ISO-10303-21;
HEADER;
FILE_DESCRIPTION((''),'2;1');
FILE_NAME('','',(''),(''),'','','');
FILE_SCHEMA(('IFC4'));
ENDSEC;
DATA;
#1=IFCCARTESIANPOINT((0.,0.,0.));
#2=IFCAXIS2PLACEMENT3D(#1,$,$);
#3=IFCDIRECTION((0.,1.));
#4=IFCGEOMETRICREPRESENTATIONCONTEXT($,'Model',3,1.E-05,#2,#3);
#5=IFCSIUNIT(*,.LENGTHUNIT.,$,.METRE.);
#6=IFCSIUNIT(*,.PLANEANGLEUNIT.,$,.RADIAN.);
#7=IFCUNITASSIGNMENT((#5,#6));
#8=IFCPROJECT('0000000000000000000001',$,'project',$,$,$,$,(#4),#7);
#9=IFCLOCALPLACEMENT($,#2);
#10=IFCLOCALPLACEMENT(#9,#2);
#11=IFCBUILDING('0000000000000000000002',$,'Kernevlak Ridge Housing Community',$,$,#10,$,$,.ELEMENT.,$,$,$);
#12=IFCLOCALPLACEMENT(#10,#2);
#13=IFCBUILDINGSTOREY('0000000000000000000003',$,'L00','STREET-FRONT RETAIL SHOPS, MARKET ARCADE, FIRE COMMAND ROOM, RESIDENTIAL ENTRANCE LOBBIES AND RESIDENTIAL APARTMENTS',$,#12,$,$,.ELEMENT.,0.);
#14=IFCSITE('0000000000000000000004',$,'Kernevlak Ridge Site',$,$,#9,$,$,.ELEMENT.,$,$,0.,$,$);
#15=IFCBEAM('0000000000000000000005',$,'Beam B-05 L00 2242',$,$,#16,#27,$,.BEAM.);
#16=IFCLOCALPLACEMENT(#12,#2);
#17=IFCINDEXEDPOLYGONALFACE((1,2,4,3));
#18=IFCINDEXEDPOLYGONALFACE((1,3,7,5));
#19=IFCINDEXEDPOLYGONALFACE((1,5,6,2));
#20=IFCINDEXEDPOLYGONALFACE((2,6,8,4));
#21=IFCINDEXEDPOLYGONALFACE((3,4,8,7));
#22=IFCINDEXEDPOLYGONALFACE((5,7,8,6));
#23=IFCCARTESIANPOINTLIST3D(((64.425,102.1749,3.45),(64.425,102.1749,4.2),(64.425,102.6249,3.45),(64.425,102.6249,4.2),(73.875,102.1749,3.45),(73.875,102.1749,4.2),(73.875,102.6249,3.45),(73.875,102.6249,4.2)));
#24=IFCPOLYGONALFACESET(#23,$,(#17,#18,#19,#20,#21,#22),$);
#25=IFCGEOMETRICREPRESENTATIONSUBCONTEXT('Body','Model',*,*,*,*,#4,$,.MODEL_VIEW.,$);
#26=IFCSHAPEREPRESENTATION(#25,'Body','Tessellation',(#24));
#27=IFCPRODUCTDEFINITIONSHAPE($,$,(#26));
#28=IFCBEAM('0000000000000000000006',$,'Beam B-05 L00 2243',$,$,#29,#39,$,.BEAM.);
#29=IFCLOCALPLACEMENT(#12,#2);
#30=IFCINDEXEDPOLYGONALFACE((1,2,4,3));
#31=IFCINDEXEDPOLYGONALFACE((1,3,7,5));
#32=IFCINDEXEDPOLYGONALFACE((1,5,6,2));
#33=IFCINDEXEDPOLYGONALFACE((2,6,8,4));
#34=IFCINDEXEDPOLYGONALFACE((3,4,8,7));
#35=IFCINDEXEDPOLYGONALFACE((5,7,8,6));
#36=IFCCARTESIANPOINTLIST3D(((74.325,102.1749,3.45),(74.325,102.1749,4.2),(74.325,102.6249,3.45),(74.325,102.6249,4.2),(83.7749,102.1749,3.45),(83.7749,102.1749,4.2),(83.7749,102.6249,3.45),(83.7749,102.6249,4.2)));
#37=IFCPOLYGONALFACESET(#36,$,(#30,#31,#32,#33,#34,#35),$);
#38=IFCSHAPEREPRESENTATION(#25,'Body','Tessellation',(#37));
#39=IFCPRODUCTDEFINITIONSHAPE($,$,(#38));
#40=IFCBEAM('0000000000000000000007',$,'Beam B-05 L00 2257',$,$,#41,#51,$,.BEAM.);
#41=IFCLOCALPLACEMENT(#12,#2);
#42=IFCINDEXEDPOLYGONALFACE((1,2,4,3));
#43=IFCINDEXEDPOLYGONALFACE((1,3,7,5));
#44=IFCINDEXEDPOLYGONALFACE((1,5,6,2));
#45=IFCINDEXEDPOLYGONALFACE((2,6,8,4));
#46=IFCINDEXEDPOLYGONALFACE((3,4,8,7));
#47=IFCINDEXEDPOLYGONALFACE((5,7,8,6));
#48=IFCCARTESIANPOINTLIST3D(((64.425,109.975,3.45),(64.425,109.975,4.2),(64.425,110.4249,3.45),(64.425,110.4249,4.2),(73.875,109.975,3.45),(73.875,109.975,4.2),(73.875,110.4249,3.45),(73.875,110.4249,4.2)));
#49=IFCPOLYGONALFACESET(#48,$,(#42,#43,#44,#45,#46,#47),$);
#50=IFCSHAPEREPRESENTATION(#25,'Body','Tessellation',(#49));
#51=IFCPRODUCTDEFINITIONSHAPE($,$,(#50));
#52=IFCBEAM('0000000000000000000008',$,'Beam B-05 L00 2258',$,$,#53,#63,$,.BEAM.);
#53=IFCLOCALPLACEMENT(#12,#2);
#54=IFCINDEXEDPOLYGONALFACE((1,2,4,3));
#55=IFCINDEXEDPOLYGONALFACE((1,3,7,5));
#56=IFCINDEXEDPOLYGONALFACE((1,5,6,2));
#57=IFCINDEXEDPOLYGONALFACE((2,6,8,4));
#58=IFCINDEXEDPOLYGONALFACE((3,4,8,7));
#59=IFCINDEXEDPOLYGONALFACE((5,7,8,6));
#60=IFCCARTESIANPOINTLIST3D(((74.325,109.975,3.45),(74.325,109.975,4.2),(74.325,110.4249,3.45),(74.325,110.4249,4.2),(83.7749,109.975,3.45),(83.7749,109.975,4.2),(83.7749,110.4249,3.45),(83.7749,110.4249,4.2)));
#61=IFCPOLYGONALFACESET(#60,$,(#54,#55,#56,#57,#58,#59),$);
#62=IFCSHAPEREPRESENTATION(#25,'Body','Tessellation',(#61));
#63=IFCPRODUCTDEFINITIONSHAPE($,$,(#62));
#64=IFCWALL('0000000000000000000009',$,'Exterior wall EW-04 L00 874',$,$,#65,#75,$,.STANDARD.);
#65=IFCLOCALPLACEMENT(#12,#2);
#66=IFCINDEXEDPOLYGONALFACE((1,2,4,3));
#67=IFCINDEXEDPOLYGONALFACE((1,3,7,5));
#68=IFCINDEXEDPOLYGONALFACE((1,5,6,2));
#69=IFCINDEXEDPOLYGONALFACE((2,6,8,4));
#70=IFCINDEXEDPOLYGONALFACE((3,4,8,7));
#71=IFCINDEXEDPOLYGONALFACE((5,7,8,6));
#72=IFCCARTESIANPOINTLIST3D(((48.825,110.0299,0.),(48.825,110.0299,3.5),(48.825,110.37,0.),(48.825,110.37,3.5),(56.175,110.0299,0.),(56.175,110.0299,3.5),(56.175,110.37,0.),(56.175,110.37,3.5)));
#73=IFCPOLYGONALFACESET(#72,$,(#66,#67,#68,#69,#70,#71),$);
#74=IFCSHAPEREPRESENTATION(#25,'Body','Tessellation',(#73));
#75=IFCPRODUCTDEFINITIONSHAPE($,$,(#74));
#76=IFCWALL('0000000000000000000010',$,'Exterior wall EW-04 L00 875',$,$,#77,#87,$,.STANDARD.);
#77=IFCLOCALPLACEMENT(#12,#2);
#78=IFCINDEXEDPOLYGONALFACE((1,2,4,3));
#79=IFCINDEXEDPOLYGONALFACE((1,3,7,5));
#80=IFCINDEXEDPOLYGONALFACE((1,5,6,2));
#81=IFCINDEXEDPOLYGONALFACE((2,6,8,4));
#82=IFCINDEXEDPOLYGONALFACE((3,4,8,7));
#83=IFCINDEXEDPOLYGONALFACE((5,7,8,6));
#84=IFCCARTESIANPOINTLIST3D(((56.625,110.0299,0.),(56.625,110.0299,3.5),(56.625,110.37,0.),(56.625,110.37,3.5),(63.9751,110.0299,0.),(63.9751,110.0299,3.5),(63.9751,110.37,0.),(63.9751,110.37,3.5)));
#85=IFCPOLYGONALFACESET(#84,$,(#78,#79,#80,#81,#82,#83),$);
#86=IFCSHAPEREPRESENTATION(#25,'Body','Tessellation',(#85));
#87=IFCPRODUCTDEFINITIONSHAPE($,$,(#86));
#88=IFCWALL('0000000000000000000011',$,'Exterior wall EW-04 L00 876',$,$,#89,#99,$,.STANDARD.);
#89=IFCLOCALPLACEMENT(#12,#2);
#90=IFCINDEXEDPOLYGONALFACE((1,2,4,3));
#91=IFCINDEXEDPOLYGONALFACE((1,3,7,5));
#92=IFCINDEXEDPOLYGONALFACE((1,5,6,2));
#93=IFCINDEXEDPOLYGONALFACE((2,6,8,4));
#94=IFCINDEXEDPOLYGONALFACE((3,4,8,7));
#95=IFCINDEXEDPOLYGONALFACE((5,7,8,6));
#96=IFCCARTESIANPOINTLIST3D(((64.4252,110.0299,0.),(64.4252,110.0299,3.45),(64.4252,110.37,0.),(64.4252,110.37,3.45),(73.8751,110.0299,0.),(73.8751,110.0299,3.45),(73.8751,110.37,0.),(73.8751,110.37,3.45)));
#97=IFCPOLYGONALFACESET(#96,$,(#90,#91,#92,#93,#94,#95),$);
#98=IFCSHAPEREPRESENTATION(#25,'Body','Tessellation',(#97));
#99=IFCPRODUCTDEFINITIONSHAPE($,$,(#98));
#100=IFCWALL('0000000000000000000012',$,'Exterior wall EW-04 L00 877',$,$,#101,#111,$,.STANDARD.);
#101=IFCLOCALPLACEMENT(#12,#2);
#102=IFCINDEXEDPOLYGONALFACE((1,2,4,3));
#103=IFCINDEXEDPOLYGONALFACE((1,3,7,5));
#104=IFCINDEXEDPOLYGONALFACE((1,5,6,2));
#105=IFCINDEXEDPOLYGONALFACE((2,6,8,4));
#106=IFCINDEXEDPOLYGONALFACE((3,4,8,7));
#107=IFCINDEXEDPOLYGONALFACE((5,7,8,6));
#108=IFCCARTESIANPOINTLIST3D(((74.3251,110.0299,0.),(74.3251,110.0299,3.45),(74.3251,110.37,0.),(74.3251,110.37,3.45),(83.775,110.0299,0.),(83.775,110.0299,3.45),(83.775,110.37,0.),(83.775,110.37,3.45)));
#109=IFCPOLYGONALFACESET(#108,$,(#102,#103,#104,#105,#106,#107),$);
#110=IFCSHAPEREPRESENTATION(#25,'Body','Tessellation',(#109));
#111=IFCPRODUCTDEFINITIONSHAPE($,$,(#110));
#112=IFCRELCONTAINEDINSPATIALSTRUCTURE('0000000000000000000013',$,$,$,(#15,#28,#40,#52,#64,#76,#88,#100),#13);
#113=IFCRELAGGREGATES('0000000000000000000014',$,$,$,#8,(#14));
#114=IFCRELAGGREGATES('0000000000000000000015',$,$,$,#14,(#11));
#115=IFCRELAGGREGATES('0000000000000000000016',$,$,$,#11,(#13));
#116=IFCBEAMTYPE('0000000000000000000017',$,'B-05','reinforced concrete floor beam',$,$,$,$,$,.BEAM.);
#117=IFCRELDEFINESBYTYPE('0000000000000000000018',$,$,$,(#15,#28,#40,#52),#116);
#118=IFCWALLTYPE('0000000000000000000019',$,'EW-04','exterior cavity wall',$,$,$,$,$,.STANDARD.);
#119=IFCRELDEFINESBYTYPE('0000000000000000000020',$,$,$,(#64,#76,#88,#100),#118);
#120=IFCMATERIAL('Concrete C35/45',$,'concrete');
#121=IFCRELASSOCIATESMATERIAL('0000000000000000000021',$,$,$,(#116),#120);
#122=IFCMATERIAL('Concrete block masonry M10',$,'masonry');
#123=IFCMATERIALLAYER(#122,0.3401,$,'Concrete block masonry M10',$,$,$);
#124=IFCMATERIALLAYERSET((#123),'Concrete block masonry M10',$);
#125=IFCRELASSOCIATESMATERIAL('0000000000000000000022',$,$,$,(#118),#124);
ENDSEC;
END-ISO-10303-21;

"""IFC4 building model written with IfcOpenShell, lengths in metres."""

from ifc_helpers import new_model, si_unit, direction, frame, frame_2d, origin, origin_2d, place, context, subcontext, project, spatial, rectangle, extrude, material, layer, layer_set, material_profile, profile_set, type_object, element, save


model = new_model("IFC4")

# Units and contexts
model_context = context("Model", 3, precision=1e-05, world=origin(), true_north=direction((0.0, 1.0)))
body_context = subcontext(model_context, "Body", "Model", "MODEL_VIEW")
ifc_project = project(units=[si_unit("LENGTHUNIT", "METRE"), si_unit("PLANEANGLEUNIT", "RADIAN")], contexts=[model_context])

# Site, building, storey
site_placement = place(None, origin())
site = spatial("IfcSite", under=ifc_project, at=site_placement, Name="Kernevlak Ridge Site", CompositionType="ELEMENT", RefElevation=0.0)
building_placement = place(site_placement, origin())
building = spatial("IfcBuilding", under=site, at=building_placement, Name="Kernevlak Ridge Housing Community", CompositionType="ELEMENT")
storey_placement = place(building_placement, origin())
storey = spatial("IfcBuildingStorey", under=building, at=storey_placement, Name="L00", Description="STREET-FRONT RETAIL SHOPS, MARKET ARCADE, FIRE COMMAND ROOM, RESIDENTIAL ENTRANCE LOBBIES AND RESIDENTIAL APARTMENTS", CompositionType="ELEMENT", Elevation=0.0)

# Shared definitions
ifc_material_1 = material(Name="Concrete C35/45", Category="concrete")

# Beams
ifc_material_profile_1 = material_profile(ifc_material_1, rectangle(XDim=0.45, YDim=0.75, at=origin_2d()), Name="RC 450x750")
ifc_profile_set_1 = profile_set([ifc_material_profile_1], Name="Concrete C35/45")
beam_type_1 = type_object("IfcBeamType", Name="B-05", Description="reinforced concrete floor beam", PredefinedType="BEAM", material=ifc_profile_set_1)
for number, where, z_axis, x_axis, name in (
    (1, (64.425, 102.3999, 3.825), (1.0, 0.0, 0.0), (0.0, 1.0, 0.0), "Beam B-05 L00 2242"),
    (2, (74.325, 102.3999, 3.825), (1.0, 0.0, 0.0), (0.0, 1.0, 0.0), "Beam B-05 L00 2243"),
    (3, (64.425, 110.2, 3.825), (1.0, 0.0, 0.0), (0.0, 1.0, 0.0), "Beam B-05 L00 2257"),
    (4, (74.325, 110.2, 3.825), (1.0, 0.0, 0.0), (0.0, 1.0, 0.0), "Beam B-05 L00 2258"),
):
    element("IfcBeam", number, at=place(storey_placement, frame(where, z_axis=z_axis, x_axis=x_axis)), inside=storey, type_object=beam_type_1, Name=name, PredefinedType="BEAM", context=body_context, shape_type="SweptSolid", body=[
        extrude(rectangle(XDim=0.45, YDim=0.75, at=origin_2d()), origin(), (0.0, 0.0, 1.0), 9.45),
    ])

# Walls
ifc_material_2 = material(Name="Concrete block masonry M10", Category="masonry")
ifc_layer = layer(ifc_material_2, 0.3401, Name="Concrete block masonry M10")
ifc_layer_set = layer_set([ifc_layer], Name="Concrete block masonry M10")
wall_type = type_object("IfcWallType", Name="EW-04", Description="exterior cavity wall", PredefinedType="STANDARD", material=ifc_layer_set)
for number, where, z_axis, x_axis, name in (
    (5, (48.825, 110.2, 0.0), (0.0, 0.0, 1.0), (1.0, 0.0, 0.0), "Exterior wall EW-04 L00 874"),
    (6, (56.625, 110.2, 0.0), (0.0, 0.0, 1.0), (1.0, 0.0, 0.0), "Exterior wall EW-04 L00 875"),
):
    element("IfcWall", number, at=place(storey_placement, frame(where, z_axis=z_axis, x_axis=x_axis)), inside=storey, type_object=wall_type, Name=name, PredefinedType="STANDARD", context=body_context, shape_type="SweptSolid", body=[
        extrude(rectangle(XDim=7.3501, YDim=0.3401, at=frame_2d((3.675, 0.0))), origin(), (0.0, 0.0, 1.0), 3.5),
    ])
for number, where, z_axis, x_axis, name in (
    (7, (64.425, 110.2, 0.0), (0.0, 0.0, 1.0), (1.0, 0.0, 0.0), "Exterior wall EW-04 L00 876"),
    (8, (74.325, 110.2, 0.0), (0.0, 0.0, 1.0), (1.0, 0.0, 0.0), "Exterior wall EW-04 L00 877"),
):
    element("IfcWall", number, at=place(storey_placement, frame(where, z_axis=z_axis, x_axis=x_axis)), inside=storey, type_object=wall_type, Name=name, PredefinedType="STANDARD", context=body_context, shape_type="SweptSolid", body=[
        extrude(rectangle(XDim=9.45, YDim=0.3401, at=frame_2d((4.7251, 0.0))), origin(), (0.0, 0.0, 1.0), 3.45),
    ])

save(model, "model.ifc")
